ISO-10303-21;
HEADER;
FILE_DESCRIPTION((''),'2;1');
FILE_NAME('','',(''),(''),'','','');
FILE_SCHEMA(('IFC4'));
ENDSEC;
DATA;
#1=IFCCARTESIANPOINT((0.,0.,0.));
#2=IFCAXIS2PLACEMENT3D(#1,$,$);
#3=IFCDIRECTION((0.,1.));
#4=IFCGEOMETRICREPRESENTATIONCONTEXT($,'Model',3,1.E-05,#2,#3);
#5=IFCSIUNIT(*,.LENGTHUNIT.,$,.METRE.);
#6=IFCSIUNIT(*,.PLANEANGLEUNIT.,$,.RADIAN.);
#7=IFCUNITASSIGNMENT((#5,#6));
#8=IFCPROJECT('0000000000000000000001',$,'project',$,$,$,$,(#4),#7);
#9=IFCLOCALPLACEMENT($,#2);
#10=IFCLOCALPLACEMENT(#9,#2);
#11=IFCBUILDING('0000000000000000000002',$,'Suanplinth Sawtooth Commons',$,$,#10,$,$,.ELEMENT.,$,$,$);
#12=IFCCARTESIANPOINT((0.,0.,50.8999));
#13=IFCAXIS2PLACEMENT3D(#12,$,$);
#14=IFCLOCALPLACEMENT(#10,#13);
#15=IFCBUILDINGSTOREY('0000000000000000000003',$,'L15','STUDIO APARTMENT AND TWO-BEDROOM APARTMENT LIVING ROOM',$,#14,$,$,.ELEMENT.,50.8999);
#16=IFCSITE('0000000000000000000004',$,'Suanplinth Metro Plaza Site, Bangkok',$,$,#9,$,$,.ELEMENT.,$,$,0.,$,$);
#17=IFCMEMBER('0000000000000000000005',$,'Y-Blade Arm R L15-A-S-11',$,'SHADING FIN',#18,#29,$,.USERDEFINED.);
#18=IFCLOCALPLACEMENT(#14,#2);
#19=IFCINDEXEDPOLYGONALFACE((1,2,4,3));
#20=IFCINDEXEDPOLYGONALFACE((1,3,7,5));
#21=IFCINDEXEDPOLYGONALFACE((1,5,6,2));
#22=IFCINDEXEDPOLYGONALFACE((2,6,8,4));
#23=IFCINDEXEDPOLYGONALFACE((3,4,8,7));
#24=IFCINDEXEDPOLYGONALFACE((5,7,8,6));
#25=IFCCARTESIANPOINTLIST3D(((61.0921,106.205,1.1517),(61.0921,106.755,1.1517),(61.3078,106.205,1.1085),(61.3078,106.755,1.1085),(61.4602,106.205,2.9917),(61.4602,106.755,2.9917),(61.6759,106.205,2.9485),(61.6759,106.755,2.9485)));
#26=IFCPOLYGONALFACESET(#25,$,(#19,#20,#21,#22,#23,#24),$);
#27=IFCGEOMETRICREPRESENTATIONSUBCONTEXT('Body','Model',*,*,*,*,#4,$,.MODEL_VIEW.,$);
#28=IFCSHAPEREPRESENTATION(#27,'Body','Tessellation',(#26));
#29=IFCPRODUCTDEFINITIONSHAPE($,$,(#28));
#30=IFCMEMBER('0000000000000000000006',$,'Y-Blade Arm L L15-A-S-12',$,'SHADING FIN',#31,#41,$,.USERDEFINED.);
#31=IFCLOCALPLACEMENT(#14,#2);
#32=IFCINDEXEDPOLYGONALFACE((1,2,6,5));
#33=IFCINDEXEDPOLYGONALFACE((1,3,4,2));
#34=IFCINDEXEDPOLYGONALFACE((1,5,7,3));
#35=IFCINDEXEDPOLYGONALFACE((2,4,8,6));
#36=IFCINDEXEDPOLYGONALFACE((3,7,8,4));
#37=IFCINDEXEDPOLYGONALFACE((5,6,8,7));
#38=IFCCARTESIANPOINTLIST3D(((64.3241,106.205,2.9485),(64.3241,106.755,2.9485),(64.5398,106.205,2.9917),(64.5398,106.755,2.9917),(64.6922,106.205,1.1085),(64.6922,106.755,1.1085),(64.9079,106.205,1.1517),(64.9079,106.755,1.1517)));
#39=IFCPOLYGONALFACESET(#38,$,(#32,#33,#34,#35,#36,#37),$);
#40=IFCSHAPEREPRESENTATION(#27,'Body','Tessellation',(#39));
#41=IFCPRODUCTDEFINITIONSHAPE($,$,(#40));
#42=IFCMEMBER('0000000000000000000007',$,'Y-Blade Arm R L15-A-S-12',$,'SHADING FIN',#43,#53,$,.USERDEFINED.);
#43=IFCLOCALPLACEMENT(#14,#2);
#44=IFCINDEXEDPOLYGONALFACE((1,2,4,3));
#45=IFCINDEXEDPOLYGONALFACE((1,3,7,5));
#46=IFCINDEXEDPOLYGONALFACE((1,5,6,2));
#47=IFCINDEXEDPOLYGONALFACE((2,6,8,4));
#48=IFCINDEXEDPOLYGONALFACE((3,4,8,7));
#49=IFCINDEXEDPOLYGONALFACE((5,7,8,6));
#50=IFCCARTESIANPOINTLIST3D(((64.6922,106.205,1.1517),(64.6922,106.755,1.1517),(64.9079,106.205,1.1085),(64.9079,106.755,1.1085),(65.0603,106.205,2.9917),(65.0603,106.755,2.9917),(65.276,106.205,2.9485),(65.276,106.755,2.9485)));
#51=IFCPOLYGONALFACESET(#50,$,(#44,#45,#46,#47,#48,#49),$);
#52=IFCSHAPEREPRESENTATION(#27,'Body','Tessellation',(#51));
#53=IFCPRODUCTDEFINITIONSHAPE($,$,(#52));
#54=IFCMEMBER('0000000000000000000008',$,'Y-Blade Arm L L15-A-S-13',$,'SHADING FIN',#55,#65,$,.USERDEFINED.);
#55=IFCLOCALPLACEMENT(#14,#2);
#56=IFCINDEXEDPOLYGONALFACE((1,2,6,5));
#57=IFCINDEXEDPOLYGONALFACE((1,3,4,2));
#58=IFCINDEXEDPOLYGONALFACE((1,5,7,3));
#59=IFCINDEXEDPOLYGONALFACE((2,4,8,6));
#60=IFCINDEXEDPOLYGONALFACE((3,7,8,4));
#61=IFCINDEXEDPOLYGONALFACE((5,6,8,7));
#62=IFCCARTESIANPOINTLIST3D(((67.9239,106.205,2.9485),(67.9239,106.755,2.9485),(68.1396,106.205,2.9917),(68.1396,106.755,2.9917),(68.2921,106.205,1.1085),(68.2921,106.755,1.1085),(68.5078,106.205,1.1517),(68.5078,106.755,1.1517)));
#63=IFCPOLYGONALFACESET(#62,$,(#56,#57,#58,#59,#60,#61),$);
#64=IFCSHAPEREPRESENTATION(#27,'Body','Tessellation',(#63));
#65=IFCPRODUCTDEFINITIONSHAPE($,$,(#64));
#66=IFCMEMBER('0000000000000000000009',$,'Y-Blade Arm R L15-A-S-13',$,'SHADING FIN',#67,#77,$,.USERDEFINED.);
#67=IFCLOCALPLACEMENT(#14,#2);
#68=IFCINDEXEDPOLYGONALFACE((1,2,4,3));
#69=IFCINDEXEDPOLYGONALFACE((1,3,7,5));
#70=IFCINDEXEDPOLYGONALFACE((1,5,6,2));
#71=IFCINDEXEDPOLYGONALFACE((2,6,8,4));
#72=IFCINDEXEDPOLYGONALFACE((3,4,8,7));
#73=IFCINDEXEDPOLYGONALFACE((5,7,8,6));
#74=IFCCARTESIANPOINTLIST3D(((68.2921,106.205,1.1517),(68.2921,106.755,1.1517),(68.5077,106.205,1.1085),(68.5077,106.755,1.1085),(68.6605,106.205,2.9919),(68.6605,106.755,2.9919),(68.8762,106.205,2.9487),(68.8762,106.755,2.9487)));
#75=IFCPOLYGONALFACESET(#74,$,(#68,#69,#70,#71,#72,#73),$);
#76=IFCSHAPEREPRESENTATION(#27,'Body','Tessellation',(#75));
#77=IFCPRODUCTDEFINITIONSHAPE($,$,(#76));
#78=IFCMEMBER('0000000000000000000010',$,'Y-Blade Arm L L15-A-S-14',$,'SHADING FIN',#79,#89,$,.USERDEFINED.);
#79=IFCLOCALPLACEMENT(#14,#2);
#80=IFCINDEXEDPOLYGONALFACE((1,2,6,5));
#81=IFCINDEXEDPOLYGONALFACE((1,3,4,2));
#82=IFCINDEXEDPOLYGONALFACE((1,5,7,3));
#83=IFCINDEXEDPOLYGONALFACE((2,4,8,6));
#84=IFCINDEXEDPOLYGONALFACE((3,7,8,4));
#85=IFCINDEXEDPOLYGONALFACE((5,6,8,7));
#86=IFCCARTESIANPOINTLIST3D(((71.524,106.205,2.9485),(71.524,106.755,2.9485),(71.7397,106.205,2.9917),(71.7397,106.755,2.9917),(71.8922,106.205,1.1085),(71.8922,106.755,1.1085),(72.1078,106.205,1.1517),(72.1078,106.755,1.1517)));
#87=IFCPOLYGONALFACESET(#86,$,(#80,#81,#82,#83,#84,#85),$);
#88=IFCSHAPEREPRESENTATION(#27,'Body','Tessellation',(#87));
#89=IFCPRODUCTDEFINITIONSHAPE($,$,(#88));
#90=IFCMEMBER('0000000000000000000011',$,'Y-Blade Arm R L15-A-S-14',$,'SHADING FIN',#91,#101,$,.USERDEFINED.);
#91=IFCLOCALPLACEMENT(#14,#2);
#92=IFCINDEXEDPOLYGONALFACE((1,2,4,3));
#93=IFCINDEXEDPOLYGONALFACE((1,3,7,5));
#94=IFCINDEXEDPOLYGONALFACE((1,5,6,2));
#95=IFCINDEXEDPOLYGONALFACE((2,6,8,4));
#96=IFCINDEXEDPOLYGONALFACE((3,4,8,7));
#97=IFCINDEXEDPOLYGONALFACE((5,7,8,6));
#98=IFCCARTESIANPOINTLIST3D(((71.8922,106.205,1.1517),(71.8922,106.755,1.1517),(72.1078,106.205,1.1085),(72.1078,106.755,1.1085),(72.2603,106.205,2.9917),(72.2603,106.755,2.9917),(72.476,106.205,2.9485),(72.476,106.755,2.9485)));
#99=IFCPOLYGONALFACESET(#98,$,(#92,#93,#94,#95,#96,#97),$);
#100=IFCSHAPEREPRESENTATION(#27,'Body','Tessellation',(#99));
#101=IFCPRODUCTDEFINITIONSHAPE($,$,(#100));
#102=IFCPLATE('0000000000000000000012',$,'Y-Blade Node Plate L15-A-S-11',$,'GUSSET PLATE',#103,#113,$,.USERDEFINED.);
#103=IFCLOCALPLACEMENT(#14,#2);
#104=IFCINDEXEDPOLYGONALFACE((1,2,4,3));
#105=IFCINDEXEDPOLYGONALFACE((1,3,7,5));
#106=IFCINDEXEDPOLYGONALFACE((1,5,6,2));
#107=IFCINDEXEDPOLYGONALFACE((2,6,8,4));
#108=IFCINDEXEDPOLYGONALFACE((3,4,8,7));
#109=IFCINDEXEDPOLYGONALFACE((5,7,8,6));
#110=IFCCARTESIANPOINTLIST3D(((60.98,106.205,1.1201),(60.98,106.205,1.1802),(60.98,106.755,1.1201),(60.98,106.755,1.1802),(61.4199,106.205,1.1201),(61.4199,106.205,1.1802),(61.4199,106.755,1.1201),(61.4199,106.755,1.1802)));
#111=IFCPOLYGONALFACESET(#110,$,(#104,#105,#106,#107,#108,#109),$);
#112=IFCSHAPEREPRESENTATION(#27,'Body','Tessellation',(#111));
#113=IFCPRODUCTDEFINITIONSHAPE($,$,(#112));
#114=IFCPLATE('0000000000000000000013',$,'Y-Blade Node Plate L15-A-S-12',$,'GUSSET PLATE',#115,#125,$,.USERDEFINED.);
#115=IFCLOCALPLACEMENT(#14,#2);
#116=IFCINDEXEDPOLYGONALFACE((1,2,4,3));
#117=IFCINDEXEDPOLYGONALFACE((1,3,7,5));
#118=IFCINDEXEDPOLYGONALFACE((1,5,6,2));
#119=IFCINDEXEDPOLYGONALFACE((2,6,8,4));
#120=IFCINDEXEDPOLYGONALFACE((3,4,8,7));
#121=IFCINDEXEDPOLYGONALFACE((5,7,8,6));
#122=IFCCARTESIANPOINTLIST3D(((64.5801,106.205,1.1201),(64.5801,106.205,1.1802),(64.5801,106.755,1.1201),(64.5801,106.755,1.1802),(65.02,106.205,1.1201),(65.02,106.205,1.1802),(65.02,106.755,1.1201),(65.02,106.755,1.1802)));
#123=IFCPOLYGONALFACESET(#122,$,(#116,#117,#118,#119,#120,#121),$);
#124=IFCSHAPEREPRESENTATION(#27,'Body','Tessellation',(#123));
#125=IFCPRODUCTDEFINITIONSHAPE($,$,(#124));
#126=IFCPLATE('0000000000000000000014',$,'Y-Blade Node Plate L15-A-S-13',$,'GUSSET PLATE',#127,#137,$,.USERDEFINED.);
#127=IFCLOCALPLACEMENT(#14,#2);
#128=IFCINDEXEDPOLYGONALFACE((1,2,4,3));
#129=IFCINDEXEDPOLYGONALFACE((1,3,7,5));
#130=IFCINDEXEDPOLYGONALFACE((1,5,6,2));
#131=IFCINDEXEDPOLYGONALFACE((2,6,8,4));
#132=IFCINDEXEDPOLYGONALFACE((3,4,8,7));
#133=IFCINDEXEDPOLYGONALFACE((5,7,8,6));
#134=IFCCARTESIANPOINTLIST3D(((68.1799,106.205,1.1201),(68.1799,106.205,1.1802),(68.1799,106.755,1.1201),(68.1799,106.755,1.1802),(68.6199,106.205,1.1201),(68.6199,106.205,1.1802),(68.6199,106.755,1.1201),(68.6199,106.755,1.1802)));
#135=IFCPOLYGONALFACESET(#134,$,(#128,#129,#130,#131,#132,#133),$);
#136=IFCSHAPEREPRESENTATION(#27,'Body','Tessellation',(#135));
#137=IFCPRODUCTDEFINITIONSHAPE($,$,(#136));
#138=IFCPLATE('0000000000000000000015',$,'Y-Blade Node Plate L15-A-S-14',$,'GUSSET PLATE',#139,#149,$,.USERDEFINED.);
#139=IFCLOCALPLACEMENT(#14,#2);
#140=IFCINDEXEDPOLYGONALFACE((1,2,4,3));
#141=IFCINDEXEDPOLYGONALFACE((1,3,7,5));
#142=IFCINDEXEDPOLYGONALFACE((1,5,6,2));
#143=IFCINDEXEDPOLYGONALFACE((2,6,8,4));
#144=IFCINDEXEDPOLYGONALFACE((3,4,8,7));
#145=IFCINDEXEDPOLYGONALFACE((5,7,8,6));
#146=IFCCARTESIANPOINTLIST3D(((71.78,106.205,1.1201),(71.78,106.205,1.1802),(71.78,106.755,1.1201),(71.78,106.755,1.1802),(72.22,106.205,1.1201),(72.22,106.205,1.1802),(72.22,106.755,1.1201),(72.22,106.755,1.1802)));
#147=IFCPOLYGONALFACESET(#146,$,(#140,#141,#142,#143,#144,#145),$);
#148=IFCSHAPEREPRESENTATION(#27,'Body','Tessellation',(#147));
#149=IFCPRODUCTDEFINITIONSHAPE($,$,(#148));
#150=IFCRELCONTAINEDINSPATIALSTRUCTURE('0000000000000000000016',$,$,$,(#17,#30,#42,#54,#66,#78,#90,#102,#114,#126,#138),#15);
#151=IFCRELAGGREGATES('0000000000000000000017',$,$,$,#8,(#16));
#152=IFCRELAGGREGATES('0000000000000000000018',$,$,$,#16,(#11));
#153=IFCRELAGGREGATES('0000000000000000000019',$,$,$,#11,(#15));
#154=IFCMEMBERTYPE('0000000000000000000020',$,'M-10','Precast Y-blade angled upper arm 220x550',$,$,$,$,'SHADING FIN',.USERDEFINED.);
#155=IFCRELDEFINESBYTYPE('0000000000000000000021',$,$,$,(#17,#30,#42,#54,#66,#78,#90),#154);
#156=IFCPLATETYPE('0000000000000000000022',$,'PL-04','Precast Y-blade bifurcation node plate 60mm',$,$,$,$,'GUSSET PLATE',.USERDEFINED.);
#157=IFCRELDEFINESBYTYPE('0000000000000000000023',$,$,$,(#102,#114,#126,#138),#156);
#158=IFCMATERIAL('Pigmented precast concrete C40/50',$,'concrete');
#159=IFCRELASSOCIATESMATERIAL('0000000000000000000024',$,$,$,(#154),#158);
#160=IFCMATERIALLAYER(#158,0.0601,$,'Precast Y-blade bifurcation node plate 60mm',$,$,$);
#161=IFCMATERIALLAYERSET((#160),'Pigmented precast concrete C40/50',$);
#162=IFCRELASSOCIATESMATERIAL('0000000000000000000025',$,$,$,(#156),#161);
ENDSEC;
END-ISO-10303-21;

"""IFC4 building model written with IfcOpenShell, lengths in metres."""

from ifc_helpers import new_model, si_unit, direction, frame, origin, origin_2d, place, context, subcontext, project, spatial, rectangle, extrude, material, layer, layer_set, material_profile, profile_set, type_object, element, save


model = new_model("IFC4")

# Units and contexts
model_context = context("Model", 3, precision=1e-05, world=origin(), true_north=direction((0.0, 1.0)))
body_context = subcontext(model_context, "Body", "Model", "MODEL_VIEW")
ifc_project = project(units=[si_unit("LENGTHUNIT", "METRE"), si_unit("PLANEANGLEUNIT", "RADIAN")], contexts=[model_context])

# Site, building, storey
site_placement = place(None, origin())
site = spatial("IfcSite", under=ifc_project, at=site_placement, Name="Suanplinth Metro Plaza Site, Bangkok", CompositionType="ELEMENT", RefElevation=0.0)
building_placement = place(site_placement, origin())
building = spatial("IfcBuilding", under=site, at=building_placement, Name="Suanplinth Sawtooth Commons", CompositionType="ELEMENT")
storey_placement = place(building_placement, frame((0.0, 0.0, 50.8999)))
storey = spatial("IfcBuildingStorey", under=building, at=storey_placement, Name="L15", Description="STUDIO APARTMENT AND TWO-BEDROOM APARTMENT LIVING ROOM", CompositionType="ELEMENT", Elevation=50.8999)

# Members
ifc_material_1 = material(Name="Pigmented precast concrete C40/50", Category="concrete")
ifc_material_profile_1 = material_profile(ifc_material_1, rectangle(XDim=0.22, YDim=0.55, at=origin_2d()), Name="PC-FIN 220x550")
ifc_profile_set_1 = profile_set([ifc_material_profile_1], Name="Pigmented precast concrete C40/50")
member_type_1 = type_object("IfcMemberType", Name="M-10", Description="Precast Y-blade angled upper arm 220x550", ElementType="SHADING FIN", PredefinedType="USERDEFINED", material=ifc_profile_set_1)
for number, where, z_axis, x_axis, name in (
    (1, (61.2, 106.48, 1.1301), (0.196191, 0.0, 0.980566), (-0.980566, 0.0, 0.196191), "Y-Blade Arm R L15-A-S-11"),
    (2, (64.8, 106.48, 1.1301), (-0.196191, 0.0, 0.980566), (0.980566, 0.0, 0.196191), "Y-Blade Arm L L15-A-S-12"),
    (3, (64.8, 106.48, 1.1301), (0.196191, 0.0, 0.980566), (-0.980566, 0.0, 0.196191), "Y-Blade Arm R L15-A-S-12"),
    (4, (68.3999, 106.48, 1.1301), (-0.196191, 0.0, 0.980566), (0.980566, 0.0, 0.196191), "Y-Blade Arm L L15-A-S-13"),
):
    element("IfcMember", number, at=place(storey_placement, frame(where, z_axis=z_axis, x_axis=x_axis)), inside=storey, type_object=member_type_1, Name=name, ObjectType="SHADING FIN", PredefinedType="USERDEFINED", context=body_context, shape_type="SweptSolid", body=[
        extrude(rectangle(XDim=0.22, YDim=0.55, at=origin_2d()), origin(), (0.0, 0.0, 1.0), 1.8765),
    ])
member_placement = place(storey_placement, frame((68.3999, 106.48, 1.1301), z_axis=(0.196316, 0.0, 0.980541), x_axis=(-0.980541, 0.0, 0.196316)))
element("IfcMember", 5, at=member_placement, inside=storey, type_object=member_type_1, Name="Y-Blade Arm R L15-A-S-13", ObjectType="SHADING FIN", PredefinedType="USERDEFINED", context=body_context, shape_type="SweptSolid", body=[
    extrude(rectangle(XDim=0.22, YDim=0.55, at=origin_2d()), origin(), (0.0, 0.0, 1.0), 1.8767),
])
for number, where, z_axis, x_axis, name in (
    (6, (72.0, 106.48, 1.1301), (-0.196191, 0.0, 0.980566), (0.980566, 0.0, 0.196191), "Y-Blade Arm L L15-A-S-14"),
    (7, (72.0, 106.48, 1.1301), (0.196191, 0.0, 0.980566), (-0.980566, 0.0, 0.196191), "Y-Blade Arm R L15-A-S-14"),
):
    element("IfcMember", number, at=place(storey_placement, frame(where, z_axis=z_axis, x_axis=x_axis)), inside=storey, type_object=member_type_1, Name=name, ObjectType="SHADING FIN", PredefinedType="USERDEFINED", context=body_context, shape_type="SweptSolid", body=[
        extrude(rectangle(XDim=0.22, YDim=0.55, at=origin_2d()), origin(), (0.0, 0.0, 1.0), 1.8765),
    ])

# Plates
ifc_layer_1 = layer(ifc_material_1, 0.0601, Name="Precast Y-blade bifurcation node plate 60mm")
ifc_layer_set_1 = layer_set([ifc_layer_1], Name="Pigmented precast concrete C40/50")
plate_type = type_object("IfcPlateType", Name="PL-04", Description="Precast Y-blade bifurcation node plate 60mm", ElementType="GUSSET PLATE", PredefinedType="USERDEFINED", material=ifc_layer_set_1)
for number, where, z_axis, x_axis, name in (
    (8, (61.2, 106.48, 1.1201), (0.0, 0.0, 1.0), (1.0, 0.0, 0.0), "Y-Blade Node Plate L15-A-S-11"),
    (9, (64.8, 106.48, 1.1201), (0.0, 0.0, 1.0), (1.0, 0.0, 0.0), "Y-Blade Node Plate L15-A-S-12"),
    (10, (68.3999, 106.48, 1.1201), (0.0, 0.0, 1.0), (1.0, 0.0, 0.0), "Y-Blade Node Plate L15-A-S-13"),
    (11, (72.0, 106.48, 1.1201), (0.0, 0.0, 1.0), (1.0, 0.0, 0.0), "Y-Blade Node Plate L15-A-S-14"),
):
    element("IfcPlate", number, at=place(storey_placement, frame(where, z_axis=z_axis, x_axis=x_axis)), inside=storey, type_object=plate_type, Name=name, ObjectType="GUSSET PLATE", PredefinedType="USERDEFINED", context=body_context, shape_type="SweptSolid", body=[
        extrude(rectangle(XDim=0.4399, YDim=0.55, at=origin_2d()), origin(), (0.0, 0.0, 1.0), 0.0601),
    ])

save(model, "model.ifc")
